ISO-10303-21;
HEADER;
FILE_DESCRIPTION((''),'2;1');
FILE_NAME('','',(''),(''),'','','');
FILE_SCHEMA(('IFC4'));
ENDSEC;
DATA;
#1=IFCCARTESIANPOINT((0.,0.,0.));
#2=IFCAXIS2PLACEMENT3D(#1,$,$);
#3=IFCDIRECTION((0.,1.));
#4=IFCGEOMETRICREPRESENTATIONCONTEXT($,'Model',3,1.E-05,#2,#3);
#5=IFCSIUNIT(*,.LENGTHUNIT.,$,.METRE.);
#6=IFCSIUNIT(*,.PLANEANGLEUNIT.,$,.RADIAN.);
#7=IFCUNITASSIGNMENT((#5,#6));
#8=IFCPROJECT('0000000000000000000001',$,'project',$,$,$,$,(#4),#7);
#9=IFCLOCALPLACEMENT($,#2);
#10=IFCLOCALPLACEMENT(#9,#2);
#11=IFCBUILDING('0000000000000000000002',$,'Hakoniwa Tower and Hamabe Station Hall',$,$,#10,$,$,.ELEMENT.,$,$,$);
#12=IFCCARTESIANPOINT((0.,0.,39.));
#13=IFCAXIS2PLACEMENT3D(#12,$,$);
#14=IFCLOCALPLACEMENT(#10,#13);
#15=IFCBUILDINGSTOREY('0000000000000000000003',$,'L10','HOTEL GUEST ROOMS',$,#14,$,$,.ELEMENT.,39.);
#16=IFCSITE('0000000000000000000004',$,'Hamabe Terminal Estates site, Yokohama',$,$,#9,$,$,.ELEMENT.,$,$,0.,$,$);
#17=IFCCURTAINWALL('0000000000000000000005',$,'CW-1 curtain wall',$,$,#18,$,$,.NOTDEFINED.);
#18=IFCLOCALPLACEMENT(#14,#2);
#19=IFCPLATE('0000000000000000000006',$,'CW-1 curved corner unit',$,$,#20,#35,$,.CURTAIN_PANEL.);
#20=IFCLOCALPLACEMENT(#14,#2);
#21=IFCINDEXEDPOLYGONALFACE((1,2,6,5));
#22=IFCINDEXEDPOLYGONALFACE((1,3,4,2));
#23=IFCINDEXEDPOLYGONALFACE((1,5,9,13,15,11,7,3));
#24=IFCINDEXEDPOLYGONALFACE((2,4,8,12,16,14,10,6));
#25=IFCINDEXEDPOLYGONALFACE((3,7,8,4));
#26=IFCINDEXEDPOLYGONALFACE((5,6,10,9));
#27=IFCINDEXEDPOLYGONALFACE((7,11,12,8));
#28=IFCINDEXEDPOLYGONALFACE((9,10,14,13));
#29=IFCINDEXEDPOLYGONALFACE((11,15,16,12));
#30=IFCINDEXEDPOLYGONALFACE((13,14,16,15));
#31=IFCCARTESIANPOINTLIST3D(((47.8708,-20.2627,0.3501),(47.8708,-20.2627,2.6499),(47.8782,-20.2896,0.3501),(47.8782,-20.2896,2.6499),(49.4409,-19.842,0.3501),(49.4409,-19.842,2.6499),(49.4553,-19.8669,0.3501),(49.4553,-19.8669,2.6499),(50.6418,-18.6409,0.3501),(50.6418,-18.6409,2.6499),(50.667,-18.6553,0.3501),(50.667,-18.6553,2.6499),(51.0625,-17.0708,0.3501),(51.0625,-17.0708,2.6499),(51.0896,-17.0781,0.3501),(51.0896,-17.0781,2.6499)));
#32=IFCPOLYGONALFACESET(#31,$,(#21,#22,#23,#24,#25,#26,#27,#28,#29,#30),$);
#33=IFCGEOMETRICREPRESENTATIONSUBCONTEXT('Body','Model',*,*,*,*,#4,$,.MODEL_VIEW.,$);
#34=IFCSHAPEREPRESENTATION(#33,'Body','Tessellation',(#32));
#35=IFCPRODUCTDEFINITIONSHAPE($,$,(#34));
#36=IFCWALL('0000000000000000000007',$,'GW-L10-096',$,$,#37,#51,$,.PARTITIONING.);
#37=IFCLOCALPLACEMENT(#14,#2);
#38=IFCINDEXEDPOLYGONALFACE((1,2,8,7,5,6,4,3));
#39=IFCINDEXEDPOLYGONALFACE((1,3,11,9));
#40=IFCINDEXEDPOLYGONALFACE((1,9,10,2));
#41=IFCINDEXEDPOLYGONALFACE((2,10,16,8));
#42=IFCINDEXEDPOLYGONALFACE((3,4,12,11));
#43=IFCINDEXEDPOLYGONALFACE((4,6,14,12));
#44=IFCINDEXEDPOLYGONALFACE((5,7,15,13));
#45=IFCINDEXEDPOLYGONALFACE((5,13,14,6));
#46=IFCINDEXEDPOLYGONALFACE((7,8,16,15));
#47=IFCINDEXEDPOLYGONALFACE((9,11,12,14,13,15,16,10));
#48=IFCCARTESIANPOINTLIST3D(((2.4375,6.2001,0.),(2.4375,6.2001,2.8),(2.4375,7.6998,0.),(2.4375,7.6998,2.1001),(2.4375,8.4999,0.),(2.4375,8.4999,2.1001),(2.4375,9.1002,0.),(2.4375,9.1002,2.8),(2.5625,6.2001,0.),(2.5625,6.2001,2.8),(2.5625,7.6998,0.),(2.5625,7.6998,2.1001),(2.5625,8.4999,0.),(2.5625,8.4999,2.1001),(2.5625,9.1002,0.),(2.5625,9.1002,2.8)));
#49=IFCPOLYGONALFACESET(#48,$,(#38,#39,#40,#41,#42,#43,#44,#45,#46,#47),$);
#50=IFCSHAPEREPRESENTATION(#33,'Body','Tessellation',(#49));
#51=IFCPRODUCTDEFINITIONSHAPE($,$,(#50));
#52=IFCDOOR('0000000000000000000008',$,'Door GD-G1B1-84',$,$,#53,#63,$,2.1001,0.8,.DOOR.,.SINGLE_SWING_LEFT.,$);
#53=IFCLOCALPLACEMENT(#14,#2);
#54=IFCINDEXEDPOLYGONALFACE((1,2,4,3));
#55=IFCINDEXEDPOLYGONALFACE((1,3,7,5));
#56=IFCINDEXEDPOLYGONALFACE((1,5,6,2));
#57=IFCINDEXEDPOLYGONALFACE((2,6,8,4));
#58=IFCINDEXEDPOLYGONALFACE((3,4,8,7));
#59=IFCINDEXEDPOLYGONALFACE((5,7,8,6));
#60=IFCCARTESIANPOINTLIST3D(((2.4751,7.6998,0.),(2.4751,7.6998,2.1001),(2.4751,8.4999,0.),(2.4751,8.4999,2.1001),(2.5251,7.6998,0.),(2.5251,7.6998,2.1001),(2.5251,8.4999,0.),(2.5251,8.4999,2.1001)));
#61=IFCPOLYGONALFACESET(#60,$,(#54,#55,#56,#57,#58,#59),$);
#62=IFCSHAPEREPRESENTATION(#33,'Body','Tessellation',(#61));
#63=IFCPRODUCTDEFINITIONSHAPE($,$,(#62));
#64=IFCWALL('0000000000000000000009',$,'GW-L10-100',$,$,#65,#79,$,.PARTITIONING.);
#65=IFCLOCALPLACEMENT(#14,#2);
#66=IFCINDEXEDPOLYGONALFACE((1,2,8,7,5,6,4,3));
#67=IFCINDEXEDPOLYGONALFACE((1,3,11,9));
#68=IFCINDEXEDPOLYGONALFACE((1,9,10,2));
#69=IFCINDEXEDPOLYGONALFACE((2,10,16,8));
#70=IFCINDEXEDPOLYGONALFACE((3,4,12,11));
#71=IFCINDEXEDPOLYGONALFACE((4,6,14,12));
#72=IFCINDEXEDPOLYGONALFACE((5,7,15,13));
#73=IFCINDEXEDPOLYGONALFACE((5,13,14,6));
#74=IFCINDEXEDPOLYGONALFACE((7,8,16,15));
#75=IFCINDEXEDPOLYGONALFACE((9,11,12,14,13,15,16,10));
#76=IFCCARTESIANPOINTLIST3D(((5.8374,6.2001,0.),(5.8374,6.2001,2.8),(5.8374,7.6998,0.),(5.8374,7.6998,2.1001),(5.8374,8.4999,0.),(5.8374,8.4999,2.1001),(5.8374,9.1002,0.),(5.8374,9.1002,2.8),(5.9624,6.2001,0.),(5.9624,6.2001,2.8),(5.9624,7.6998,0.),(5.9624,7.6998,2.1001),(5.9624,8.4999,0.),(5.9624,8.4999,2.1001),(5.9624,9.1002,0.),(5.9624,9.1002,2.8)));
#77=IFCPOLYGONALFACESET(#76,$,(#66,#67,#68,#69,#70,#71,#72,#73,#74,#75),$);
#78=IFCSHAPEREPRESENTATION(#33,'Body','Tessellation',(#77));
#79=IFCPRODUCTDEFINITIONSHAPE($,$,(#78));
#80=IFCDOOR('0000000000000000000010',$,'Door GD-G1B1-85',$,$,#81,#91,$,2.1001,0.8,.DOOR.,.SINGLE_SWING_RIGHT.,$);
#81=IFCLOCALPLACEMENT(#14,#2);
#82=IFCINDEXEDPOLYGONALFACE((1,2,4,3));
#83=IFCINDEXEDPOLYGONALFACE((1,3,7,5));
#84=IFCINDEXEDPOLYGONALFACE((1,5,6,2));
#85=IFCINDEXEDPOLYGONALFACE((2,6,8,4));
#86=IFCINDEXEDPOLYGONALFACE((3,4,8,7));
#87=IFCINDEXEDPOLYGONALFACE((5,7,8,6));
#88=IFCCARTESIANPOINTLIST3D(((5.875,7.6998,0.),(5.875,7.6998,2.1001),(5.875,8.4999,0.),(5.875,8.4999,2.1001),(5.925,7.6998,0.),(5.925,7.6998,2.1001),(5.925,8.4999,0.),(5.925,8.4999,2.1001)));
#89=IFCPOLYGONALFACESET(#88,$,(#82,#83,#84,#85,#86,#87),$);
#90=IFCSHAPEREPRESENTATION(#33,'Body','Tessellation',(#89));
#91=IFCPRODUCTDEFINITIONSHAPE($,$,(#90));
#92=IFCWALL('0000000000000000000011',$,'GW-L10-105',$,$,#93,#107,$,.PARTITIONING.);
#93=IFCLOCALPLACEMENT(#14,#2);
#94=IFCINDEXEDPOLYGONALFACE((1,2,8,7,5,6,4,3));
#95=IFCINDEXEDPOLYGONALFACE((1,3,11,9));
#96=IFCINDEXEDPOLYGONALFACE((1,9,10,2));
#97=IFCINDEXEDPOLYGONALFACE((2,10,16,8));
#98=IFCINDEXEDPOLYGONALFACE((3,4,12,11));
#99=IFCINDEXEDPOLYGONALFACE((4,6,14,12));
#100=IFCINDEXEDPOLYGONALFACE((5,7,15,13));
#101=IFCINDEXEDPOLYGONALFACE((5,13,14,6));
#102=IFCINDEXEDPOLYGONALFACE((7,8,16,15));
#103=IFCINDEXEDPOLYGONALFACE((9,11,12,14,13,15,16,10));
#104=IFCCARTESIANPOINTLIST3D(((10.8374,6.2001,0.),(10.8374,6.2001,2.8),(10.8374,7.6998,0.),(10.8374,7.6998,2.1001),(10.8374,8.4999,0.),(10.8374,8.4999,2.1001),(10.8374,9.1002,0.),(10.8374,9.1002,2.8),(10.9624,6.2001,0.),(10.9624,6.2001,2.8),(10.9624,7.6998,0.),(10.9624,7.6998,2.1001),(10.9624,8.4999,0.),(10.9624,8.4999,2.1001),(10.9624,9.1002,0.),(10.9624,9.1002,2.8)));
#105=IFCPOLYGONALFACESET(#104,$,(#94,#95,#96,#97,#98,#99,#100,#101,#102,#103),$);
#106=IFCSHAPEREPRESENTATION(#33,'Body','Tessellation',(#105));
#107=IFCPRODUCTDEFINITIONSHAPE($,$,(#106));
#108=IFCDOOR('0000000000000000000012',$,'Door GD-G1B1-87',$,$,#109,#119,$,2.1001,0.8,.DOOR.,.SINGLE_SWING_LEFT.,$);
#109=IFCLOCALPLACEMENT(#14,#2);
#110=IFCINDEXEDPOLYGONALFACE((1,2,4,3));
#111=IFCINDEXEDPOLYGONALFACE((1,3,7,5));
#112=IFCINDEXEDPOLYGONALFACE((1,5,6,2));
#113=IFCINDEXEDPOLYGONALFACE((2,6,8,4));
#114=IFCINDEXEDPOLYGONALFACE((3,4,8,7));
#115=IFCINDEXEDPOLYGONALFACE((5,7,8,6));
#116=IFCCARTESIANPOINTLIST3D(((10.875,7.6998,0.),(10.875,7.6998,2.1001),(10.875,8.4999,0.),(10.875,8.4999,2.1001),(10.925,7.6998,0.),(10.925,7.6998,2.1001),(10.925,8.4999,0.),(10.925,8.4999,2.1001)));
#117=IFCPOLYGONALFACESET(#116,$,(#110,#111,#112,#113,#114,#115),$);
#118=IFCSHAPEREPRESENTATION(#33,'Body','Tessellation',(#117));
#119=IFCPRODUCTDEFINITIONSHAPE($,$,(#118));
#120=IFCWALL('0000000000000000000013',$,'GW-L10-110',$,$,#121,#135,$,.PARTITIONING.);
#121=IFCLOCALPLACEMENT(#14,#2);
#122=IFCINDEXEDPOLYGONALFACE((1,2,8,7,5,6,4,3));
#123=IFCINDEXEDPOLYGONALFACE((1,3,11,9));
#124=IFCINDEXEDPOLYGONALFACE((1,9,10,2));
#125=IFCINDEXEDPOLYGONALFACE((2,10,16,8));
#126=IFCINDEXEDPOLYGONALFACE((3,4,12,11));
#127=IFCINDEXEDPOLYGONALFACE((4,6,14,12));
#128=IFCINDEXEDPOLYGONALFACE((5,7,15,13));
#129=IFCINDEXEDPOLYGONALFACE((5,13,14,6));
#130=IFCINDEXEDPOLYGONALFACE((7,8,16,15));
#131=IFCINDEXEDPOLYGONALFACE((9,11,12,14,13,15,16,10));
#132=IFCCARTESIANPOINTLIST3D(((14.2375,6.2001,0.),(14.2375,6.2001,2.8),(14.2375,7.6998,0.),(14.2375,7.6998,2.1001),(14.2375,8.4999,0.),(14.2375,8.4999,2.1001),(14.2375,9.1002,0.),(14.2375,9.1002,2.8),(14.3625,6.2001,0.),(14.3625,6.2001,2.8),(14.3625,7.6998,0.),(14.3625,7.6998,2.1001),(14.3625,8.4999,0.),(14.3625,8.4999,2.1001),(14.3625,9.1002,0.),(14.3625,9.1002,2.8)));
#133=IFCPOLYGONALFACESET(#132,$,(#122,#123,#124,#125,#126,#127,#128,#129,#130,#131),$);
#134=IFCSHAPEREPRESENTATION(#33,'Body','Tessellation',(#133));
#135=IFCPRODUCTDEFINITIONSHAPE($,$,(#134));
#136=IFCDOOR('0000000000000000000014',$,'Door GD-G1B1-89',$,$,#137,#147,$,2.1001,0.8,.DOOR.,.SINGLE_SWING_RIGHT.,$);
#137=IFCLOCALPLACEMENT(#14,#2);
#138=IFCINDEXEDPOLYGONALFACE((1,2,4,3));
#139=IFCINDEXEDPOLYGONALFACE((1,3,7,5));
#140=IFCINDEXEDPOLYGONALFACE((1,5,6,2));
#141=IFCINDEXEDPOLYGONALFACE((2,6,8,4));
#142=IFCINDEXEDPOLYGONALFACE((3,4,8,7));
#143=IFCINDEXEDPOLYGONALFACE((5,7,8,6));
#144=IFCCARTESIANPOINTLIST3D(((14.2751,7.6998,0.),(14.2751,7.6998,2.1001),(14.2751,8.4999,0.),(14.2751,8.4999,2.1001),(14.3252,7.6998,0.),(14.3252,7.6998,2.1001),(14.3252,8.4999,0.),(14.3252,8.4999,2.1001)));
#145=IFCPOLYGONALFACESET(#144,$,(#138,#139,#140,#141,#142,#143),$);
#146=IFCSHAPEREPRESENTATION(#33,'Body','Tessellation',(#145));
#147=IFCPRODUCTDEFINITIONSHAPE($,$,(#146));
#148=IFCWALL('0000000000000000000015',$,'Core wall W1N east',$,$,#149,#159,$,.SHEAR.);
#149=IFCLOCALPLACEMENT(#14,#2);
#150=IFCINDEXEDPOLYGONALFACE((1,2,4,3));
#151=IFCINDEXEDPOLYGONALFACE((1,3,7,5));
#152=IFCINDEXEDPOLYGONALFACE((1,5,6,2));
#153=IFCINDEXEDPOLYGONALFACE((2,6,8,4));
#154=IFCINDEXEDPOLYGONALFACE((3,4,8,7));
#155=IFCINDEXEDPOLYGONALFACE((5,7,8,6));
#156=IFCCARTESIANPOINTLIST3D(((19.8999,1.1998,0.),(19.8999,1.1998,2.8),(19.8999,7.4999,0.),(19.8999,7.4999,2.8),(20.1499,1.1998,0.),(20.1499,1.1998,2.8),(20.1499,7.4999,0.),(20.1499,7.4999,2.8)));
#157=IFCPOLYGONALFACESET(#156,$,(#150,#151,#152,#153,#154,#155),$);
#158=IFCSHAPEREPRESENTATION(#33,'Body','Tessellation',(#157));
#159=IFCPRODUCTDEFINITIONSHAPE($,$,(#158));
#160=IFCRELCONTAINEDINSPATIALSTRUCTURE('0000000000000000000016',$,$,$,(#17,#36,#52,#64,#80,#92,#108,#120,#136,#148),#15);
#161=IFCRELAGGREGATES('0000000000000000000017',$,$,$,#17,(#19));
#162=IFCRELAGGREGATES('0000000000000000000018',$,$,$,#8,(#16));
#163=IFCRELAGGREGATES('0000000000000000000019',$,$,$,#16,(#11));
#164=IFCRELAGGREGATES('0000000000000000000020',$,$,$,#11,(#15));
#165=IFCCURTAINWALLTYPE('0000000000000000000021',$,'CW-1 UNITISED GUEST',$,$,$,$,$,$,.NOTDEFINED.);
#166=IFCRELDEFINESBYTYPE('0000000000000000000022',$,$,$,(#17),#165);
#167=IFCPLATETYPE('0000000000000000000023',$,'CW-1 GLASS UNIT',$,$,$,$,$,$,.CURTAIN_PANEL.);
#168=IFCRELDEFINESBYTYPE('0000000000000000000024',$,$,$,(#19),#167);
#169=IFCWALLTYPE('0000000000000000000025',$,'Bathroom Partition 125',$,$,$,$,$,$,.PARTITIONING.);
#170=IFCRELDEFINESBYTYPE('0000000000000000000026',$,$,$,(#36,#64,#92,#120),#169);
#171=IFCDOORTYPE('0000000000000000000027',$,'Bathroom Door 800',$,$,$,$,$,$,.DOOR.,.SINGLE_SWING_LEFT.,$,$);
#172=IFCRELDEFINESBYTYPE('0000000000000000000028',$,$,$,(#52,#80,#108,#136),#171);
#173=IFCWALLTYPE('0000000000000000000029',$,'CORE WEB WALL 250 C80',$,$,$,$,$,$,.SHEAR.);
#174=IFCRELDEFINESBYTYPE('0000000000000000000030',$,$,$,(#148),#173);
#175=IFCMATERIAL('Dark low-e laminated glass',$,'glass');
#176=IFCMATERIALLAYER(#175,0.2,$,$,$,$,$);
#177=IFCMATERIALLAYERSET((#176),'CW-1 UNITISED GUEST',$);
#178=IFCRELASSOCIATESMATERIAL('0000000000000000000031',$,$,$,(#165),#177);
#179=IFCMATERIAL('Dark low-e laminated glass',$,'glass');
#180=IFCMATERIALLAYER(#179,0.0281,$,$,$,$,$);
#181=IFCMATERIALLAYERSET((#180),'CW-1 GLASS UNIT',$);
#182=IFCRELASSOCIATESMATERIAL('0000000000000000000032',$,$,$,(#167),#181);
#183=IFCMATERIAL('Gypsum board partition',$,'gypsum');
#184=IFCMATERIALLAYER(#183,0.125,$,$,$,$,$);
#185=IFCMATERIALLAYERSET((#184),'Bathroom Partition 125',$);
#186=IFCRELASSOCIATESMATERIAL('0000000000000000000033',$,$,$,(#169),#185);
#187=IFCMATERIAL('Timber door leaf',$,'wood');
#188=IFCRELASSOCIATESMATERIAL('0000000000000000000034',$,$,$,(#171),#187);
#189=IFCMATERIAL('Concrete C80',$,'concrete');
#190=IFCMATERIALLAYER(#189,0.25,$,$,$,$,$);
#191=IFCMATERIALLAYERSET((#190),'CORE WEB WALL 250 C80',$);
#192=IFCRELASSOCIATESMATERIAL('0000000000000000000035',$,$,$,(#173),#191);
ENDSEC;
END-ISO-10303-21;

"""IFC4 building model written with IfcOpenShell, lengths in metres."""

from ifc_helpers import new_model, si_unit, direction, frame, frame_2d, origin, place, context, subcontext, project, spatial, polyline, rectangle, outline, extrude, material, layer, layer_set, type_object, element, fill, aggregate, save


model = new_model("IFC4")

# Units and contexts
model_context = context("Model", 3, precision=1e-05, world=origin(), true_north=direction((0.0, 1.0)))
body_context = subcontext(model_context, "Body", "Model", "MODEL_VIEW")
ifc_project = project(units=[si_unit("LENGTHUNIT", "METRE"), si_unit("PLANEANGLEUNIT", "RADIAN")], contexts=[model_context])

# Site, building, storey
site_placement = place(None, origin())
site = spatial("IfcSite", under=ifc_project, at=site_placement, Name="Hamabe Terminal Estates site, Yokohama", CompositionType="ELEMENT", RefElevation=0.0)
building_placement = place(site_placement, origin())
building = spatial("IfcBuilding", under=site, at=building_placement, Name="Hakoniwa Tower and Hamabe Station Hall", CompositionType="ELEMENT")
storey_placement = place(building_placement, frame((0.0, 0.0, 39.0)))
storey = spatial("IfcBuildingStorey", under=building, at=storey_placement, Name="L10", Description="HOTEL GUEST ROOMS", CompositionType="ELEMENT", Elevation=39.0)

# Curtain wall
ifc_material_1 = material(Name="Dark low-e laminated glass", Category="glass")
ifc_layer_1 = layer(ifc_material_1, 0.2)
ifc_layer_set_1 = layer_set([ifc_layer_1], Name="CW-1 UNITISED GUEST")
curtain_wall_type = type_object("IfcCurtainWallType", Name="CW-1 UNITISED GUEST", PredefinedType="NOTDEFINED", material=ifc_layer_set_1)
curtain_wall_1_placement = place(storey_placement, origin())
curtain_wall_1 = element("IfcCurtainWall", 1, at=curtain_wall_1_placement, inside=storey, type_object=curtain_wall_type, Name="CW-1 curtain wall", PredefinedType="NOTDEFINED")

# Plate
ifc_material_2 = material(Name="Dark low-e laminated glass", Category="glass")
ifc_layer_2 = layer(ifc_material_2, 0.0281)
ifc_layer_set_2 = layer_set([ifc_layer_2], Name="CW-1 GLASS UNIT")
plate_type = type_object("IfcPlateType", Name="CW-1 GLASS UNIT", PredefinedType="CURTAIN_PANEL", material=ifc_layer_set_2)
plate_1_placement = place(storey_placement, frame((0.0, 0.0, 0.3501)))
plate_1 = element("IfcPlate", 2, at=plate_1_placement, type_object=plate_type, Name="CW-1 curved corner unit", PredefinedType="CURTAIN_PANEL", context=body_context, shape_type="SweptSolid", body=[
    extrude(outline(polyline([(47.8782, -20.2896), (49.4553, -19.8669), (50.667, -18.6553), (51.0896, -17.0781), (51.0625, -17.0708), (50.6418, -18.6409), (49.4409, -19.842), (47.8708, -20.2627), (47.8782, -20.2896)])), origin(), (0.0, 0.0, 1.0), 2.2998),
])
aggregate(curtain_wall_1, [plate_1])

# Walls, openings, doors
ifc_material_3 = material(Name="Gypsum board partition", Category="gypsum")
ifc_layer_3 = layer(ifc_material_3, 0.125)
ifc_layer_set_3 = layer_set([ifc_layer_3], Name="Bathroom Partition 125")
wall_type_1 = type_object("IfcWallType", Name="Bathroom Partition 125", PredefinedType="PARTITIONING", material=ifc_layer_set_3)
wall_1_placement = place(storey_placement, frame((2.5, 6.2, 0.0), z_axis=(0.0, 0.0, 1.0), x_axis=(0.0, 1.0, 0.0)))
wall_1 = element("IfcWall", 3, at=wall_1_placement, inside=storey, type_object=wall_type_1, Name="GW-L10-096", PredefinedType="PARTITIONING", context=body_context, shape_type="SweptSolid", body=[
    extrude(rectangle(XDim=2.9001, YDim=0.125, at=frame_2d((1.4502, 0.0))), origin(), (0.0, 0.0, 1.0), 2.8),
])
opening_1_placement = place(wall_1_placement, frame((1.5, 0.0, 0.0)))
opening_1 = element("IfcOpeningElement", 4, at=opening_1_placement, cuts=wall_1, PredefinedType="OPENING", context=body_context, shape_type="SweptSolid", body=[
    extrude(rectangle(XDim=0.8, YDim=2.1001, at=frame_2d((0.3999, 1.05))), frame((0.0, 0.0725, 0.0), z_axis=(0.0, -1.0, 0.0), x_axis=(1.0, 0.0, 0.0)), (0.0, 0.0, 1.0), 0.145),
])
ifc_material_4 = material(Name="Timber door leaf", Category="wood")
door_type_1 = type_object("IfcDoorType", Name="Bathroom Door 800", OperationType="SINGLE_SWING_LEFT", PredefinedType="DOOR", material=ifc_material_4)
door_1_placement = place(opening_1_placement, origin())
door_1 = element("IfcDoor", 5, at=door_1_placement, inside=storey, type_object=door_type_1, Name="Door GD-G1B1-84", OperationType="SINGLE_SWING_LEFT", OverallHeight=2.1001, OverallWidth=0.8, PredefinedType="DOOR", context=body_context, shape_type="SweptSolid", body=[
    extrude(rectangle(XDim=0.8, YDim=2.1001, at=frame_2d((0.3999, 1.05))), frame((0.0, 0.0249, 0.0), z_axis=(0.0, -1.0, 0.0), x_axis=(1.0, 0.0, 0.0)), (0.0, 0.0, 1.0), 0.05),
])
fill(opening_1, door_1)
wall_2_placement = place(storey_placement, frame((5.8999, 6.2, 0.0), z_axis=(0.0, 0.0, 1.0), x_axis=(0.0, 1.0, 0.0)))
wall_2 = element("IfcWall", 6, at=wall_2_placement, inside=storey, type_object=wall_type_1, Name="GW-L10-100", PredefinedType="PARTITIONING", context=body_context, shape_type="SweptSolid", body=[
    extrude(rectangle(XDim=2.9001, YDim=0.125, at=frame_2d((1.4502, 0.0))), origin(), (0.0, 0.0, 1.0), 2.8),
])
opening_2_placement = place(wall_2_placement, frame((1.5, 0.0, 0.0)))
opening_2 = element("IfcOpeningElement", 7, at=opening_2_placement, cuts=wall_2, PredefinedType="OPENING", context=body_context, shape_type="SweptSolid", body=[
    extrude(rectangle(XDim=0.8, YDim=2.1001, at=frame_2d((0.3999, 1.05))), frame((0.0, 0.0725, 0.0), z_axis=(0.0, -1.0, 0.0), x_axis=(1.0, 0.0, 0.0)), (0.0, 0.0, 1.0), 0.145),
])
door_2_placement = place(opening_2_placement, origin())
door_2 = element("IfcDoor", 8, at=door_2_placement, inside=storey, type_object=door_type_1, Name="Door GD-G1B1-85", OperationType="SINGLE_SWING_RIGHT", OverallHeight=2.1001, OverallWidth=0.8, PredefinedType="DOOR", context=body_context, shape_type="SweptSolid", body=[
    extrude(rectangle(XDim=0.8, YDim=2.1001, at=frame_2d((0.3999, 1.05))), frame((0.0, 0.0249, 0.0), z_axis=(0.0, -1.0, 0.0), x_axis=(1.0, 0.0, 0.0)), (0.0, 0.0, 1.0), 0.05),
])
fill(opening_2, door_2)
wall_3_placement = place(storey_placement, frame((10.8999, 6.2, 0.0), z_axis=(0.0, 0.0, 1.0), x_axis=(0.0, 1.0, 0.0)))
wall_3 = element("IfcWall", 9, at=wall_3_placement, inside=storey, type_object=wall_type_1, Name="GW-L10-105", PredefinedType="PARTITIONING", context=body_context, shape_type="SweptSolid", body=[
    extrude(rectangle(XDim=2.9001, YDim=0.125, at=frame_2d((1.4502, 0.0))), origin(), (0.0, 0.0, 1.0), 2.8),
])
opening_3_placement = place(wall_3_placement, frame((1.5, 0.0, 0.0)))
opening_3 = element("IfcOpeningElement", 10, at=opening_3_placement, cuts=wall_3, PredefinedType="OPENING", context=body_context, shape_type="SweptSolid", body=[
    extrude(rectangle(XDim=0.8, YDim=2.1001, at=frame_2d((0.3999, 1.05))), frame((0.0, 0.0725, 0.0), z_axis=(0.0, -1.0, 0.0), x_axis=(1.0, 0.0, 0.0)), (0.0, 0.0, 1.0), 0.145),
])
door_3_placement = place(opening_3_placement, origin())
door_3 = element("IfcDoor", 11, at=door_3_placement, inside=storey, type_object=door_type_1, Name="Door GD-G1B1-87", OperationType="SINGLE_SWING_LEFT", OverallHeight=2.1001, OverallWidth=0.8, PredefinedType="DOOR", context=body_context, shape_type="SweptSolid", body=[
    extrude(rectangle(XDim=0.8, YDim=2.1001, at=frame_2d((0.3999, 1.05))), frame((0.0, 0.0249, 0.0), z_axis=(0.0, -1.0, 0.0), x_axis=(1.0, 0.0, 0.0)), (0.0, 0.0, 1.0), 0.05),
])
fill(opening_3, door_3)
wall_4_placement = place(storey_placement, frame((14.3, 6.2, 0.0), z_axis=(0.0, 0.0, 1.0), x_axis=(0.0, 1.0, 0.0)))
wall_4 = element("IfcWall", 12, at=wall_4_placement, inside=storey, type_object=wall_type_1, Name="GW-L10-110", PredefinedType="PARTITIONING", context=body_context, shape_type="SweptSolid", body=[
    extrude(rectangle(XDim=2.9001, YDim=0.125, at=frame_2d((1.4502, 0.0))), origin(), (0.0, 0.0, 1.0), 2.8),
])
opening_4_placement = place(wall_4_placement, frame((1.5, 0.0, 0.0)))
opening_4 = element("IfcOpeningElement", 13, at=opening_4_placement, cuts=wall_4, PredefinedType="OPENING", context=body_context, shape_type="SweptSolid", body=[
    extrude(rectangle(XDim=0.8, YDim=2.1001, at=frame_2d((0.3999, 1.05))), frame((0.0, 0.0725, 0.0), z_axis=(0.0, -1.0, 0.0), x_axis=(1.0, 0.0, 0.0)), (0.0, 0.0, 1.0), 0.145),
])
door_4_placement = place(opening_4_placement, origin())
door_4 = element("IfcDoor", 14, at=door_4_placement, inside=storey, type_object=door_type_1, Name="Door GD-G1B1-89", OperationType="SINGLE_SWING_RIGHT", OverallHeight=2.1001, OverallWidth=0.8, PredefinedType="DOOR", context=body_context, shape_type="SweptSolid", body=[
    extrude(rectangle(XDim=0.8, YDim=2.1001, at=frame_2d((0.3999, 1.05))), frame((0.0, 0.0249, 0.0), z_axis=(0.0, -1.0, 0.0), x_axis=(1.0, 0.0, 0.0)), (0.0, 0.0, 1.0), 0.05),
])
fill(opening_4, door_4)

# Wall
ifc_material_5 = material(Name="Concrete C80", Category="concrete")
ifc_layer_4 = layer(ifc_material_5, 0.25)
ifc_layer_set_4 = layer_set([ifc_layer_4], Name="CORE WEB WALL 250 C80")
wall_type_2 = type_object("IfcWallType", Name="CORE WEB WALL 250 C80", PredefinedType="SHEAR", material=ifc_layer_set_4)
wall_5_placement = place(storey_placement, frame((20.0249, 1.2, 0.0), z_axis=(0.0, 0.0, 1.0), x_axis=(0.0, 1.0, 0.0)))
element("IfcWall", 15, at=wall_5_placement, inside=storey, type_object=wall_type_2, Name="Core wall W1N east", PredefinedType="SHEAR", context=body_context, shape_type="SweptSolid", body=[
    extrude(rectangle(XDim=6.3, YDim=0.25, at=frame_2d((3.1499, 0.0))), origin(), (0.0, 0.0, 1.0), 2.8),
])

save(model, "model.ifc")
